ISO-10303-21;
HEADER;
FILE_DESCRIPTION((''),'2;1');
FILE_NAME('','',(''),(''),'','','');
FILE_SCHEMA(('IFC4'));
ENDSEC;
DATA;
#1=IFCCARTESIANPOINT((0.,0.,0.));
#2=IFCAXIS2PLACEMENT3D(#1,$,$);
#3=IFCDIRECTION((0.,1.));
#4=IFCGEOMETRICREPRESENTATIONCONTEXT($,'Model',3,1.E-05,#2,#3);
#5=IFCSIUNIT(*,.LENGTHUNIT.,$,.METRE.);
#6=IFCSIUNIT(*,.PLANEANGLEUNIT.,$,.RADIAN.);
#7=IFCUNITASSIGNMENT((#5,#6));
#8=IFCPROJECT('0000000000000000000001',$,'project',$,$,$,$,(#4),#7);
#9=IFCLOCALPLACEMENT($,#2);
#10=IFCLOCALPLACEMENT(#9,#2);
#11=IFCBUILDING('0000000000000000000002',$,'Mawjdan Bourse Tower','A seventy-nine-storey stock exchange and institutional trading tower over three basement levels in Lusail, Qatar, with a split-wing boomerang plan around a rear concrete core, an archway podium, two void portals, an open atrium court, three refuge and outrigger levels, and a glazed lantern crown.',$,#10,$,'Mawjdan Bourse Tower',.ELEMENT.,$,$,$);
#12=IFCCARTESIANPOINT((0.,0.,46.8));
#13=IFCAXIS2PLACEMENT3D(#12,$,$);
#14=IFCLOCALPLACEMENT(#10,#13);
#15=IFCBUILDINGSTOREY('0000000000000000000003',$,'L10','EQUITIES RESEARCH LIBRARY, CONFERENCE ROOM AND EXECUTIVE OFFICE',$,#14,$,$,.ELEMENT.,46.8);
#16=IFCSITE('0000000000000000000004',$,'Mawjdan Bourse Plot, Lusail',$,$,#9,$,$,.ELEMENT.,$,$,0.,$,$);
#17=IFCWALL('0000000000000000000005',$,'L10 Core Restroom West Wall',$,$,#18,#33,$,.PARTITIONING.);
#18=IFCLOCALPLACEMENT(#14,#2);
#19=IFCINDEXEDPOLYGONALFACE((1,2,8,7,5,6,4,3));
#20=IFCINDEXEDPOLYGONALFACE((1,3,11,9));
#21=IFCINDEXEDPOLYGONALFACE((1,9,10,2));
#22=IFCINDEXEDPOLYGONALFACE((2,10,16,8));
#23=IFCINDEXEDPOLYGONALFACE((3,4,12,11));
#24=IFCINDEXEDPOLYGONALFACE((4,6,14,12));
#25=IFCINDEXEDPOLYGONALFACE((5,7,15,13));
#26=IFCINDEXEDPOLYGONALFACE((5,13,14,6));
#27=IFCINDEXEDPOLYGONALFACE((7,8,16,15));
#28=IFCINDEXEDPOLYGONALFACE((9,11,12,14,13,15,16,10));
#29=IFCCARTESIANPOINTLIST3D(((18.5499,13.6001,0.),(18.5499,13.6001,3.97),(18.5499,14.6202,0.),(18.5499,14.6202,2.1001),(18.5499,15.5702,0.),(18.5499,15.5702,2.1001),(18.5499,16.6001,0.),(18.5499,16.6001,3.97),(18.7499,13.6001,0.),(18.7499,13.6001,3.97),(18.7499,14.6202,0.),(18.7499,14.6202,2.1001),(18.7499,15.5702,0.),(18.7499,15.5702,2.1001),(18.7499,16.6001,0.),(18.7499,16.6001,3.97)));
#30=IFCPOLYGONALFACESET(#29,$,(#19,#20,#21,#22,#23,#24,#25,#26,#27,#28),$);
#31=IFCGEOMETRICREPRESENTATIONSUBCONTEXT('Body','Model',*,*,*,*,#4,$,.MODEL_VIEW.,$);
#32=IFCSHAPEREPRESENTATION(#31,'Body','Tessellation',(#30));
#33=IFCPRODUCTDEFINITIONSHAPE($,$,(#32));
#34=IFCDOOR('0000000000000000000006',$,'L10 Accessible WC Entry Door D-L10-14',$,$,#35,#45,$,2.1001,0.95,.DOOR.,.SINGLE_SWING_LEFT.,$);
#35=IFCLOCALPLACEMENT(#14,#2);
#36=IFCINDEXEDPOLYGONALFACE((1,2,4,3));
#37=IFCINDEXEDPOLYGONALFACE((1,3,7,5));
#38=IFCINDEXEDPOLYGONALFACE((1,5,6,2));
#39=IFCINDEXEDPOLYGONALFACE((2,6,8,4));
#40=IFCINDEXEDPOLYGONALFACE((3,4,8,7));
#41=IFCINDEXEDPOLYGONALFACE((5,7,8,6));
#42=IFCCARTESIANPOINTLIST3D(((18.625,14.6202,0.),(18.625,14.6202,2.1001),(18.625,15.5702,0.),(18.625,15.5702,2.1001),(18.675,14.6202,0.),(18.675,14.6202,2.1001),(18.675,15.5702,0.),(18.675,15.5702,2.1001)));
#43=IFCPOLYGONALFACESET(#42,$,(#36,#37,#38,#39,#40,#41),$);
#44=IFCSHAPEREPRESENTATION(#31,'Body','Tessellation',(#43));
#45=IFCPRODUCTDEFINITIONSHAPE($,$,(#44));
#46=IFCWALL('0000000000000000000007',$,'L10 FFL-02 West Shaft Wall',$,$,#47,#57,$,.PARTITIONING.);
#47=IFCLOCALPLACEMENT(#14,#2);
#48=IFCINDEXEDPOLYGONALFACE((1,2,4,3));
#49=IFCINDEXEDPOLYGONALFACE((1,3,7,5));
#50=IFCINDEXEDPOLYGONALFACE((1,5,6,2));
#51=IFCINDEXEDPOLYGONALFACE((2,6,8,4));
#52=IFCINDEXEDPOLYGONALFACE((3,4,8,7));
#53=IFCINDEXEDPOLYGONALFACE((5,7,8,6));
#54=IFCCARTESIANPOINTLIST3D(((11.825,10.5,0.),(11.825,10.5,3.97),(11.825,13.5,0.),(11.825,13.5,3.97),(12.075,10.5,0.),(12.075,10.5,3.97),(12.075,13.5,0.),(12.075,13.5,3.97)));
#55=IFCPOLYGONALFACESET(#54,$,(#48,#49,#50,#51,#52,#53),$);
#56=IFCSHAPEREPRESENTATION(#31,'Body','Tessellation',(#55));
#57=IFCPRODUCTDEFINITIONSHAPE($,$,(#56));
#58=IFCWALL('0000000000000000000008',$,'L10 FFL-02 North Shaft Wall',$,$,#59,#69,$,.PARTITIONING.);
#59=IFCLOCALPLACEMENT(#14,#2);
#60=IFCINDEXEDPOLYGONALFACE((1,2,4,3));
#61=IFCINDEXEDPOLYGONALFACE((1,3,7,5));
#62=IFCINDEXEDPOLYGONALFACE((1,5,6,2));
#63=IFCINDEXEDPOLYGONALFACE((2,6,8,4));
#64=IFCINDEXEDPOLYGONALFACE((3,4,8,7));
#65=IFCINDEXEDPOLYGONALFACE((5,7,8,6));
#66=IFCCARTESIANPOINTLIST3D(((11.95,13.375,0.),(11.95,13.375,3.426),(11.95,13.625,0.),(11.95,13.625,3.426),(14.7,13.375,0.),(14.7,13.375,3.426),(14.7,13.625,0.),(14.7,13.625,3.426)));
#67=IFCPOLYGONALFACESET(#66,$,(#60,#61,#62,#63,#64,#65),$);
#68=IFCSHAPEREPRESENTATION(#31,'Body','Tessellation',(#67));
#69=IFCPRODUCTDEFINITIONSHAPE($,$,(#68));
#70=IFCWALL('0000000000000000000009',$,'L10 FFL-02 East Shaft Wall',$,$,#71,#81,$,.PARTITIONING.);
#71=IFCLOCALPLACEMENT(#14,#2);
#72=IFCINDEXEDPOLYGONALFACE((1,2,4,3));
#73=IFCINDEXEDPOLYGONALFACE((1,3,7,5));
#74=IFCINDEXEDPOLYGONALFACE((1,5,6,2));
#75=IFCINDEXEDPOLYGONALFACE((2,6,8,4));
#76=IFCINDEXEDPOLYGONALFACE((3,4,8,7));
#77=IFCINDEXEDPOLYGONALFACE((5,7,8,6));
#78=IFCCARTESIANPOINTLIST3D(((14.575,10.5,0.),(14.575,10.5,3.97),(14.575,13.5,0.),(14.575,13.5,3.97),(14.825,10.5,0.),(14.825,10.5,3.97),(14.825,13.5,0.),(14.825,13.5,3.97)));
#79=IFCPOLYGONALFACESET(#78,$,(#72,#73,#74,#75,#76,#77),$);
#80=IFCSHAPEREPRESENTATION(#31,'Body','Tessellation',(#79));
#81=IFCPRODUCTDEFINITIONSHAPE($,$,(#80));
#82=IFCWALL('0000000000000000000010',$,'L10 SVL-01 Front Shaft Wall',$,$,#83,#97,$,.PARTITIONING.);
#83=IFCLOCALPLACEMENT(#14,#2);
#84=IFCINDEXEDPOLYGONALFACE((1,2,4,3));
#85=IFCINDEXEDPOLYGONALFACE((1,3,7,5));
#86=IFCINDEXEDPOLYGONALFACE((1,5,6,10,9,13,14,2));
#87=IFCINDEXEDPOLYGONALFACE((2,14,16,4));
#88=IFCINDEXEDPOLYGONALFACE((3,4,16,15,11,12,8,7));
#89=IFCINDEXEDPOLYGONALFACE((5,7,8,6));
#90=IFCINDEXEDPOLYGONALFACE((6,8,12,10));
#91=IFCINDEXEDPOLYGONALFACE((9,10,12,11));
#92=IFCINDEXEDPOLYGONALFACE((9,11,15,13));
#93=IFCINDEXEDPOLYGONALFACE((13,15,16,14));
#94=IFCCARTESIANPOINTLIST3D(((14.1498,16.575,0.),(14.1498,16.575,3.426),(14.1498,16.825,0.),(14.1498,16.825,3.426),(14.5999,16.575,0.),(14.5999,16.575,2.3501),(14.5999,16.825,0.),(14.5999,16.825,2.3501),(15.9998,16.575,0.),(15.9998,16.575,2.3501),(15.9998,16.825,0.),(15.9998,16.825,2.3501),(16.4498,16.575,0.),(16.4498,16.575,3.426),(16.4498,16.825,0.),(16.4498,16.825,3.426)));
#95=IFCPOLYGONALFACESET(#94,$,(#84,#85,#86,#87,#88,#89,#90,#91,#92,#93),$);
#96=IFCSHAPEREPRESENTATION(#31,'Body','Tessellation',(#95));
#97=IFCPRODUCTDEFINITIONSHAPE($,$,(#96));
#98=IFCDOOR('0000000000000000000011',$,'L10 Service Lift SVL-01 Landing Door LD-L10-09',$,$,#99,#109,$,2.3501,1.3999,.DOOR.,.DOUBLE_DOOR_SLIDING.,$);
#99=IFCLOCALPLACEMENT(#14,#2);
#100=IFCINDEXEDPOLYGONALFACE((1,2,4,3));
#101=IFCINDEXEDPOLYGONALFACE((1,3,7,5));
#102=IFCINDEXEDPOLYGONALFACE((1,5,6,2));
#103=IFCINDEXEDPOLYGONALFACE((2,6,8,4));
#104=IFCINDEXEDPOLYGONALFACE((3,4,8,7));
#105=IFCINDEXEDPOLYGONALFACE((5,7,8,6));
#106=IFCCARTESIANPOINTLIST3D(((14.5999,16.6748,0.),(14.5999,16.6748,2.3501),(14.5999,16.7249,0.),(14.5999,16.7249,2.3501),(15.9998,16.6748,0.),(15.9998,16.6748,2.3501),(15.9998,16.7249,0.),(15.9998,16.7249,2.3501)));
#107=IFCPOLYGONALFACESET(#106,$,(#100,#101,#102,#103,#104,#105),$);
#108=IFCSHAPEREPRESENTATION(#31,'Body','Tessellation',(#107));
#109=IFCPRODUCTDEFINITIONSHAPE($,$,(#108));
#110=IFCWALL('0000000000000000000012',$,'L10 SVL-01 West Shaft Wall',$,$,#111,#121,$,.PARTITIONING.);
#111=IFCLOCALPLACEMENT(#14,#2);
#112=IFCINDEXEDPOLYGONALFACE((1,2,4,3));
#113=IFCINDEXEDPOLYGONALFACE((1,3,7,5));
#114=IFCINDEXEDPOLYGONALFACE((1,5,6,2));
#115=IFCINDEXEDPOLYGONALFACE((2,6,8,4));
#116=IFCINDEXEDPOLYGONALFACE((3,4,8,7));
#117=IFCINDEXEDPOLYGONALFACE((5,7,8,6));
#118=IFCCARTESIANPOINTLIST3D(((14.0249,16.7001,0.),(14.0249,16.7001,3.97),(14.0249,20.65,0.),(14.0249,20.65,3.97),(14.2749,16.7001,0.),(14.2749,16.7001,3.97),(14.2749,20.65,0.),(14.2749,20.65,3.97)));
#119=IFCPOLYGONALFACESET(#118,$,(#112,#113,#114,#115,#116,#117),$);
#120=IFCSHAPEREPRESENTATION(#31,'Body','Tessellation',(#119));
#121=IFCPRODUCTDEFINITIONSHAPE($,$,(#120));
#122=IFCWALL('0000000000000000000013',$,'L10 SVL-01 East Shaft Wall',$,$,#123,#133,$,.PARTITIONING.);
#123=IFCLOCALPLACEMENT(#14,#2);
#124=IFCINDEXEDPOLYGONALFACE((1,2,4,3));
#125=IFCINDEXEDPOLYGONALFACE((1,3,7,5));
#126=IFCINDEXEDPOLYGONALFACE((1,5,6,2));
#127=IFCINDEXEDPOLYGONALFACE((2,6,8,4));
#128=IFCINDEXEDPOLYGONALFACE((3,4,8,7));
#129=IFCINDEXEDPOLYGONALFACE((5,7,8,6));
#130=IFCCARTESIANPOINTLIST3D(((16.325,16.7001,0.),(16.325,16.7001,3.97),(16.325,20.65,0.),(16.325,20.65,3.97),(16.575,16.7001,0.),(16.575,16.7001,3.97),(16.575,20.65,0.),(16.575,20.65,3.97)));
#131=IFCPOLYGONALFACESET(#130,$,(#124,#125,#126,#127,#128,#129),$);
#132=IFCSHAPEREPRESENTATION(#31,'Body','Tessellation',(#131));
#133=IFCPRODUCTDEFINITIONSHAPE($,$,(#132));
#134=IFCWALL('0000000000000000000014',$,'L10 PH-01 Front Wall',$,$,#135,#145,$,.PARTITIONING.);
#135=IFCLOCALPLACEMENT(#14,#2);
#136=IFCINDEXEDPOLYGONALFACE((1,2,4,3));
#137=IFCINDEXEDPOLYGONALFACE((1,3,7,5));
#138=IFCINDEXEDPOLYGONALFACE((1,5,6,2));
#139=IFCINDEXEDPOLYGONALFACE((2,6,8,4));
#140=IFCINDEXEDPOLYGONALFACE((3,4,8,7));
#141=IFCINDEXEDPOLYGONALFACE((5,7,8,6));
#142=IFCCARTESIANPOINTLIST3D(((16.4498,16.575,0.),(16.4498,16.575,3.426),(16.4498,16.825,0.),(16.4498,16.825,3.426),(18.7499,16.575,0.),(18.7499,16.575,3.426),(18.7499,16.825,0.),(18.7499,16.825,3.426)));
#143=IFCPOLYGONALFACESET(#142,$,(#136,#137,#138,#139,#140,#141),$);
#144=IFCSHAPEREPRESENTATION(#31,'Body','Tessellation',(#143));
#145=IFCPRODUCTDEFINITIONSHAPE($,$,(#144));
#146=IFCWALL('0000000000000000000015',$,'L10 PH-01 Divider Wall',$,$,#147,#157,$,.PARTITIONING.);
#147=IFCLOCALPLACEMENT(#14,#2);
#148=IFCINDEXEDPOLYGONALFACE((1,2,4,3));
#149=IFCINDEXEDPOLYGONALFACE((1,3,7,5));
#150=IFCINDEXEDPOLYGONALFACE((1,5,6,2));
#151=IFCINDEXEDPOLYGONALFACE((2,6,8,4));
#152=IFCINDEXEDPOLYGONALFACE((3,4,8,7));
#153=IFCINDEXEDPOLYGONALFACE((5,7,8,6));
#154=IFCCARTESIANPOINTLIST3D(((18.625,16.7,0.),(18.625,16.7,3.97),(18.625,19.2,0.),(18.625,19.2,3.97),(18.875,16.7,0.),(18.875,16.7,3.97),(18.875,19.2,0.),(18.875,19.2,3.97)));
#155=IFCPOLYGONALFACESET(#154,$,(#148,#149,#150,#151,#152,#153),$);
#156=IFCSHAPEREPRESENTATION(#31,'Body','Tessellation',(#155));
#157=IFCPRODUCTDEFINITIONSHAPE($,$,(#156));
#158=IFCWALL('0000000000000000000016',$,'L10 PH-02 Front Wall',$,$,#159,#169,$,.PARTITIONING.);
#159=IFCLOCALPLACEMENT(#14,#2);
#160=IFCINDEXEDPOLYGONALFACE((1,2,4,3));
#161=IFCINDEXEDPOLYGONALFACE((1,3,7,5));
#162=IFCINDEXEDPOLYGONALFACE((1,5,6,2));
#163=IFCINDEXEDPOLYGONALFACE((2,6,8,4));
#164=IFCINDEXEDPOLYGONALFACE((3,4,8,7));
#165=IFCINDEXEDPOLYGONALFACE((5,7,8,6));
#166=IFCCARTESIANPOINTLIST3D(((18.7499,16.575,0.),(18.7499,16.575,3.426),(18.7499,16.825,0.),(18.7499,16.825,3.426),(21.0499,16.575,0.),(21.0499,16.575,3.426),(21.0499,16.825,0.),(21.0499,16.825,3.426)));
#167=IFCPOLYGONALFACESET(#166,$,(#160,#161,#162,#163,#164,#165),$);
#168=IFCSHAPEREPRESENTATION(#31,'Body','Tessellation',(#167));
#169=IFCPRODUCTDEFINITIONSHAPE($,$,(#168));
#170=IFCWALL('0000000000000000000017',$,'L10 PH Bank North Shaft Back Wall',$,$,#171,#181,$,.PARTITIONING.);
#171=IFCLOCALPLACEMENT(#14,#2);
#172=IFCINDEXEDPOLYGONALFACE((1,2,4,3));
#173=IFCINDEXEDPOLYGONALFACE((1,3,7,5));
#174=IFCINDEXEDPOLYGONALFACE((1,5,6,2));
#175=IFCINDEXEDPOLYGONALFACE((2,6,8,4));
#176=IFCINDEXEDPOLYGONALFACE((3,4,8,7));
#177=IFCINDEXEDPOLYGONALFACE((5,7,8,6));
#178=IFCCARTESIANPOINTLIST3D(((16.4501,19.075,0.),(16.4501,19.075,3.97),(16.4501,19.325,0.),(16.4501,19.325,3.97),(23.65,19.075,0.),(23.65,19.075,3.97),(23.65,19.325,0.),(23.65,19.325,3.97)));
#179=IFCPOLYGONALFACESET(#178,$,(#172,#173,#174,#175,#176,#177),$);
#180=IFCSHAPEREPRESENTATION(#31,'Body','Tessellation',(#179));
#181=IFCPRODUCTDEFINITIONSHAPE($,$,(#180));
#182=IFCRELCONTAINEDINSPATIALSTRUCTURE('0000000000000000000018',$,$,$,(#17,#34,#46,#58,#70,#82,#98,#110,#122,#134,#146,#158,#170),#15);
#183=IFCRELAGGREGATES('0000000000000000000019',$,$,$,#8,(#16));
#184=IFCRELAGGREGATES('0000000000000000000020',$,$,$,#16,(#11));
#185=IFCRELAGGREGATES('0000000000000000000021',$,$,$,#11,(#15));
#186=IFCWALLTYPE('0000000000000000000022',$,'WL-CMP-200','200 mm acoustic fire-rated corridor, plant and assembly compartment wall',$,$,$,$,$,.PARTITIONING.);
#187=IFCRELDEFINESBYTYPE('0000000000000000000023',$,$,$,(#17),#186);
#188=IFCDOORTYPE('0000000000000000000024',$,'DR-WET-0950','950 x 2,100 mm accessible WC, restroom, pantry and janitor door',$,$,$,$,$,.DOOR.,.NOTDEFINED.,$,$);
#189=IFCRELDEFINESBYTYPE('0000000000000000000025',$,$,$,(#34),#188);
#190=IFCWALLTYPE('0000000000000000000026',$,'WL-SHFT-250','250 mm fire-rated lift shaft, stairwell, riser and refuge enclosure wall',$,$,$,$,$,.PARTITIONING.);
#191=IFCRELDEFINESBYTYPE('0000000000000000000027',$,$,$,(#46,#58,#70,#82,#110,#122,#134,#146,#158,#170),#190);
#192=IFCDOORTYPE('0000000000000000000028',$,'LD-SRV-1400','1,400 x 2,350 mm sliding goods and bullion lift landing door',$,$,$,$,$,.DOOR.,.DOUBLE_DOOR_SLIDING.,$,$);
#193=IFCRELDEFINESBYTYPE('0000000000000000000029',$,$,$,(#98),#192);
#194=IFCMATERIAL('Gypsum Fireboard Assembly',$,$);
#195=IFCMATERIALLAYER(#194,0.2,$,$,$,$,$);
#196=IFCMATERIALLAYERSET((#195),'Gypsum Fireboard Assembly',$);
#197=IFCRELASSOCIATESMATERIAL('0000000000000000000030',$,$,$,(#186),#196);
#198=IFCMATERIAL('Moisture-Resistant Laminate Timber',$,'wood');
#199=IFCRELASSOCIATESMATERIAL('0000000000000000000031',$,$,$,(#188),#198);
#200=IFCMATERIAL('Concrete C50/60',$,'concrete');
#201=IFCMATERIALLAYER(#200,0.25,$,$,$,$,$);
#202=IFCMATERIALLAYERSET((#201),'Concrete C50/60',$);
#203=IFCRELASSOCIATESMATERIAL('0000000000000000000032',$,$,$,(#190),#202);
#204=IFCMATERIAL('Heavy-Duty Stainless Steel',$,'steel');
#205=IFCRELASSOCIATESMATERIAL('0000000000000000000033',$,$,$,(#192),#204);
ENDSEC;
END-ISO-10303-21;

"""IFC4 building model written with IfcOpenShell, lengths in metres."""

from ifc_helpers import new_model, si_unit, direction, frame, frame_2d, origin, place, context, subcontext, project, spatial, rectangle, extrude, material, layer, layer_set, type_object, element, fill, save


model = new_model("IFC4")

# Units and contexts
model_context = context("Model", 3, precision=1e-05, world=origin(), true_north=direction((0.0, 1.0)))
body_context = subcontext(model_context, "Body", "Model", "MODEL_VIEW")
ifc_project = project(units=[si_unit("LENGTHUNIT", "METRE"), si_unit("PLANEANGLEUNIT", "RADIAN")], contexts=[model_context])

# Site, building, storey
site_placement = place(None, origin())
site = spatial("IfcSite", under=ifc_project, at=site_placement, Name="Mawjdan Bourse Plot, Lusail", CompositionType="ELEMENT", RefElevation=0.0)
building_placement = place(site_placement, origin())
building = spatial("IfcBuilding", under=site, at=building_placement, Name="Mawjdan Bourse Tower", Description="A seventy-nine-storey stock exchange and institutional trading tower over three basement levels in Lusail, Qatar, with a split-wing boomerang plan around a rear concrete core, an archway podium, two void portals, an open atrium court, three refuge and outrigger levels, and a glazed lantern crown.", LongName="Mawjdan Bourse Tower", CompositionType="ELEMENT")
storey_placement = place(building_placement, frame((0.0, 0.0, 46.8)))
storey = spatial("IfcBuildingStorey", under=building, at=storey_placement, Name="L10", Description="EQUITIES RESEARCH LIBRARY, CONFERENCE ROOM AND EXECUTIVE OFFICE", CompositionType="ELEMENT", Elevation=46.8)

# Wall, opening, door
ifc_material_1 = material(Name="Gypsum Fireboard Assembly")
ifc_layer_1 = layer(ifc_material_1, 0.2)
ifc_layer_set_1 = layer_set([ifc_layer_1], Name="Gypsum Fireboard Assembly")
wall_type_1 = type_object("IfcWallType", Name="WL-CMP-200", Description="200 mm acoustic fire-rated corridor, plant and assembly compartment wall", PredefinedType="PARTITIONING", material=ifc_layer_set_1)
wall_1_placement = place(storey_placement, frame((18.6499, 13.6001, 0.0), z_axis=(0.0, 0.0, 1.0), x_axis=(0.0, 1.0, 0.0)))
wall_1 = element("IfcWall", 1, at=wall_1_placement, inside=storey, type_object=wall_type_1, Name="L10 Core Restroom West Wall", PredefinedType="PARTITIONING", context=body_context, shape_type="SweptSolid", body=[
    extrude(rectangle(XDim=3.0, YDim=0.2, at=frame_2d((1.5, 0.0))), origin(), (0.0, 0.0, 1.0), 3.97),
])
opening_1_placement = place(wall_1_placement, frame((1.02, 0.0, 0.0)))
opening_1 = element("IfcOpeningElement", 2, at=opening_1_placement, cuts=wall_1, PredefinedType="OPENING", context=body_context, shape_type="SweptSolid", body=[
    extrude(rectangle(XDim=0.95, YDim=2.1001, at=frame_2d((0.4751, 1.05))), frame((0.0, 0.1099, 0.0), z_axis=(0.0, -1.0, 0.0), x_axis=(1.0, 0.0, 0.0)), (0.0, 0.0, 1.0), 0.22),
])
ifc_material_2 = material(Name="Moisture-Resistant Laminate Timber", Category="wood")
door_type_1 = type_object("IfcDoorType", Name="DR-WET-0950", Description="950 x 2,100 mm accessible WC, restroom, pantry and janitor door", OperationType="NOTDEFINED", PredefinedType="DOOR", material=ifc_material_2)
door_1_placement = place(opening_1_placement, origin())
door_1 = element("IfcDoor", 3, at=door_1_placement, inside=storey, type_object=door_type_1, Name="L10 Accessible WC Entry Door D-L10-14", OperationType="SINGLE_SWING_LEFT", OverallHeight=2.1001, OverallWidth=0.95, PredefinedType="DOOR", context=body_context, shape_type="SweptSolid", body=[
    extrude(rectangle(XDim=0.95, YDim=2.1001, at=frame_2d((0.4751, 1.05))), frame((0.0, 0.0249, 0.0), z_axis=(0.0, -1.0, 0.0), x_axis=(1.0, 0.0, 0.0)), (0.0, 0.0, 1.0), 0.05),
])
fill(opening_1, door_1)

# Walls
ifc_material_3 = material(Name="Concrete C50/60", Category="concrete")
ifc_layer_2 = layer(ifc_material_3, 0.25)
ifc_layer_set_2 = layer_set([ifc_layer_2], Name="Concrete C50/60")
wall_type_2 = type_object("IfcWallType", Name="WL-SHFT-250", Description="250 mm fire-rated lift shaft, stairwell, riser and refuge enclosure wall", PredefinedType="PARTITIONING", material=ifc_layer_set_2)
wall_2_placement = place(storey_placement, frame((11.95, 10.5, 0.0), z_axis=(0.0, 0.0, 1.0), x_axis=(0.0, 1.0, 0.0)))
element("IfcWall", 4, at=wall_2_placement, inside=storey, type_object=wall_type_2, Name="L10 FFL-02 West Shaft Wall", PredefinedType="PARTITIONING", context=body_context, shape_type="SweptSolid", body=[
    extrude(rectangle(XDim=3.0, YDim=0.25, at=frame_2d((1.5, 0.0))), origin(), (0.0, 0.0, 1.0), 3.97),
])
wall_3_placement = place(storey_placement, frame((11.95, 13.5, 0.0), z_axis=(0.0, 0.0, 1.0), x_axis=(1.0, 0.0, 0.0)))
element("IfcWall", 5, at=wall_3_placement, inside=storey, type_object=wall_type_2, Name="L10 FFL-02 North Shaft Wall", PredefinedType="PARTITIONING", context=body_context, shape_type="SweptSolid", body=[
    extrude(rectangle(XDim=2.75, YDim=0.25, at=frame_2d((1.375, 0.0))), origin(), (0.0, 0.0, 1.0), 3.426),
])
wall_4_placement = place(storey_placement, frame((14.7, 10.5, 0.0), z_axis=(0.0, 0.0, 1.0), x_axis=(0.0, 1.0, 0.0)))
element("IfcWall", 6, at=wall_4_placement, inside=storey, type_object=wall_type_2, Name="L10 FFL-02 East Shaft Wall", PredefinedType="PARTITIONING", context=body_context, shape_type="SweptSolid", body=[
    extrude(rectangle(XDim=3.0, YDim=0.25, at=frame_2d((1.5, 0.0))), origin(), (0.0, 0.0, 1.0), 3.97),
])

# Wall, opening, door
wall_5_placement = place(storey_placement, frame((14.1499, 16.7, 0.0), z_axis=(0.0, 0.0, 1.0), x_axis=(1.0, 0.0, 0.0)))
wall_5 = element("IfcWall", 7, at=wall_5_placement, inside=storey, type_object=wall_type_2, Name="L10 SVL-01 Front Shaft Wall", PredefinedType="PARTITIONING", context=body_context, shape_type="SweptSolid", body=[
    extrude(rectangle(XDim=2.3, YDim=0.25, at=frame_2d((1.1499, 0.0))), origin(), (0.0, 0.0, 1.0), 3.426),
])
opening_2_placement = place(wall_5_placement, frame((0.45, 0.0, 0.0)))
opening_2 = element("IfcOpeningElement", 8, at=opening_2_placement, cuts=wall_5, PredefinedType="OPENING", context=body_context, shape_type="SweptSolid", body=[
    extrude(rectangle(XDim=1.3999, YDim=2.3501, at=frame_2d((0.7, 1.175))), frame((0.0, 0.135, 0.0), z_axis=(0.0, -1.0, 0.0), x_axis=(1.0, 0.0, 0.0)), (0.0, 0.0, 1.0), 0.27),
])
ifc_material_4 = material(Name="Heavy-Duty Stainless Steel", Category="steel")
door_type_2 = type_object("IfcDoorType", Name="LD-SRV-1400", Description="1,400 x 2,350 mm sliding goods and bullion lift landing door", OperationType="DOUBLE_DOOR_SLIDING", PredefinedType="DOOR", material=ifc_material_4)
door_2_placement = place(opening_2_placement, origin())
door_2 = element("IfcDoor", 9, at=door_2_placement, inside=storey, type_object=door_type_2, Name="L10 Service Lift SVL-01 Landing Door LD-L10-09", OperationType="DOUBLE_DOOR_SLIDING", OverallHeight=2.3501, OverallWidth=1.3999, PredefinedType="DOOR", context=body_context, shape_type="SweptSolid", body=[
    extrude(rectangle(XDim=1.3999, YDim=2.3501, at=frame_2d((0.7, 1.175))), frame((0.0, 0.0249, 0.0), z_axis=(0.0, -1.0, 0.0), x_axis=(1.0, 0.0, 0.0)), (0.0, 0.0, 1.0), 0.05),
])
fill(opening_2, door_2)

# Walls
for number, where, z_axis, x_axis, name in (
    (10, (14.1499, 16.7, 0.0), (0.0, 0.0, 1.0), (0.0, 1.0, 0.0), "L10 SVL-01 West Shaft Wall"),
    (11, (16.45, 16.7, 0.0), (0.0, 0.0, 1.0), (0.0, 1.0, 0.0), "L10 SVL-01 East Shaft Wall"),
):
    element("IfcWall", number, at=place(storey_placement, frame(where, z_axis=z_axis, x_axis=x_axis)), inside=storey, type_object=wall_type_2, Name=name, PredefinedType="PARTITIONING", context=body_context, shape_type="SweptSolid", body=[
        extrude(rectangle(XDim=3.95, YDim=0.25, at=frame_2d((1.9751, 0.0))), origin(), (0.0, 0.0, 1.0), 3.97),
    ])
wall_6_placement = place(storey_placement, frame((16.45, 16.7, 0.0), z_axis=(0.0, 0.0, 1.0), x_axis=(1.0, 0.0, 0.0)))
element("IfcWall", 12, at=wall_6_placement, inside=storey, type_object=wall_type_2, Name="L10 PH-01 Front Wall", PredefinedType="PARTITIONING", context=body_context, shape_type="SweptSolid", body=[
    extrude(rectangle(XDim=2.3, YDim=0.25, at=frame_2d((1.1499, 0.0))), origin(), (0.0, 0.0, 1.0), 3.426),
])
wall_7_placement = place(storey_placement, frame((18.75, 16.7, 0.0), z_axis=(0.0, 0.0, 1.0), x_axis=(0.0, 1.0, 0.0)))
element("IfcWall", 13, at=wall_7_placement, inside=storey, type_object=wall_type_2, Name="L10 PH-01 Divider Wall", PredefinedType="PARTITIONING", context=body_context, shape_type="SweptSolid", body=[
    extrude(rectangle(XDim=2.5, YDim=0.25, at=frame_2d((1.25, 0.0))), origin(), (0.0, 0.0, 1.0), 3.97),
])
wall_8_placement = place(storey_placement, frame((18.75, 16.7, 0.0), z_axis=(0.0, 0.0, 1.0), x_axis=(1.0, 0.0, 0.0)))
element("IfcWall", 14, at=wall_8_placement, inside=storey, type_object=wall_type_2, Name="L10 PH-02 Front Wall", PredefinedType="PARTITIONING", context=body_context, shape_type="SweptSolid", body=[
    extrude(rectangle(XDim=2.3, YDim=0.25, at=frame_2d((1.1499, 0.0))), origin(), (0.0, 0.0, 1.0), 3.426),
])
wall_9_placement = place(storey_placement, frame((16.45, 19.2, 0.0), z_axis=(0.0, 0.0, 1.0), x_axis=(1.0, 0.0, 0.0)))
element("IfcWall", 15, at=wall_9_placement, inside=storey, type_object=wall_type_2, Name="L10 PH Bank North Shaft Back Wall", PredefinedType="PARTITIONING", context=body_context, shape_type="SweptSolid", body=[
    extrude(rectangle(XDim=7.2, YDim=0.25, at=frame_2d((3.6001, 0.0))), origin(), (0.0, 0.0, 1.0), 3.97),
])

save(model, "model.ifc")
